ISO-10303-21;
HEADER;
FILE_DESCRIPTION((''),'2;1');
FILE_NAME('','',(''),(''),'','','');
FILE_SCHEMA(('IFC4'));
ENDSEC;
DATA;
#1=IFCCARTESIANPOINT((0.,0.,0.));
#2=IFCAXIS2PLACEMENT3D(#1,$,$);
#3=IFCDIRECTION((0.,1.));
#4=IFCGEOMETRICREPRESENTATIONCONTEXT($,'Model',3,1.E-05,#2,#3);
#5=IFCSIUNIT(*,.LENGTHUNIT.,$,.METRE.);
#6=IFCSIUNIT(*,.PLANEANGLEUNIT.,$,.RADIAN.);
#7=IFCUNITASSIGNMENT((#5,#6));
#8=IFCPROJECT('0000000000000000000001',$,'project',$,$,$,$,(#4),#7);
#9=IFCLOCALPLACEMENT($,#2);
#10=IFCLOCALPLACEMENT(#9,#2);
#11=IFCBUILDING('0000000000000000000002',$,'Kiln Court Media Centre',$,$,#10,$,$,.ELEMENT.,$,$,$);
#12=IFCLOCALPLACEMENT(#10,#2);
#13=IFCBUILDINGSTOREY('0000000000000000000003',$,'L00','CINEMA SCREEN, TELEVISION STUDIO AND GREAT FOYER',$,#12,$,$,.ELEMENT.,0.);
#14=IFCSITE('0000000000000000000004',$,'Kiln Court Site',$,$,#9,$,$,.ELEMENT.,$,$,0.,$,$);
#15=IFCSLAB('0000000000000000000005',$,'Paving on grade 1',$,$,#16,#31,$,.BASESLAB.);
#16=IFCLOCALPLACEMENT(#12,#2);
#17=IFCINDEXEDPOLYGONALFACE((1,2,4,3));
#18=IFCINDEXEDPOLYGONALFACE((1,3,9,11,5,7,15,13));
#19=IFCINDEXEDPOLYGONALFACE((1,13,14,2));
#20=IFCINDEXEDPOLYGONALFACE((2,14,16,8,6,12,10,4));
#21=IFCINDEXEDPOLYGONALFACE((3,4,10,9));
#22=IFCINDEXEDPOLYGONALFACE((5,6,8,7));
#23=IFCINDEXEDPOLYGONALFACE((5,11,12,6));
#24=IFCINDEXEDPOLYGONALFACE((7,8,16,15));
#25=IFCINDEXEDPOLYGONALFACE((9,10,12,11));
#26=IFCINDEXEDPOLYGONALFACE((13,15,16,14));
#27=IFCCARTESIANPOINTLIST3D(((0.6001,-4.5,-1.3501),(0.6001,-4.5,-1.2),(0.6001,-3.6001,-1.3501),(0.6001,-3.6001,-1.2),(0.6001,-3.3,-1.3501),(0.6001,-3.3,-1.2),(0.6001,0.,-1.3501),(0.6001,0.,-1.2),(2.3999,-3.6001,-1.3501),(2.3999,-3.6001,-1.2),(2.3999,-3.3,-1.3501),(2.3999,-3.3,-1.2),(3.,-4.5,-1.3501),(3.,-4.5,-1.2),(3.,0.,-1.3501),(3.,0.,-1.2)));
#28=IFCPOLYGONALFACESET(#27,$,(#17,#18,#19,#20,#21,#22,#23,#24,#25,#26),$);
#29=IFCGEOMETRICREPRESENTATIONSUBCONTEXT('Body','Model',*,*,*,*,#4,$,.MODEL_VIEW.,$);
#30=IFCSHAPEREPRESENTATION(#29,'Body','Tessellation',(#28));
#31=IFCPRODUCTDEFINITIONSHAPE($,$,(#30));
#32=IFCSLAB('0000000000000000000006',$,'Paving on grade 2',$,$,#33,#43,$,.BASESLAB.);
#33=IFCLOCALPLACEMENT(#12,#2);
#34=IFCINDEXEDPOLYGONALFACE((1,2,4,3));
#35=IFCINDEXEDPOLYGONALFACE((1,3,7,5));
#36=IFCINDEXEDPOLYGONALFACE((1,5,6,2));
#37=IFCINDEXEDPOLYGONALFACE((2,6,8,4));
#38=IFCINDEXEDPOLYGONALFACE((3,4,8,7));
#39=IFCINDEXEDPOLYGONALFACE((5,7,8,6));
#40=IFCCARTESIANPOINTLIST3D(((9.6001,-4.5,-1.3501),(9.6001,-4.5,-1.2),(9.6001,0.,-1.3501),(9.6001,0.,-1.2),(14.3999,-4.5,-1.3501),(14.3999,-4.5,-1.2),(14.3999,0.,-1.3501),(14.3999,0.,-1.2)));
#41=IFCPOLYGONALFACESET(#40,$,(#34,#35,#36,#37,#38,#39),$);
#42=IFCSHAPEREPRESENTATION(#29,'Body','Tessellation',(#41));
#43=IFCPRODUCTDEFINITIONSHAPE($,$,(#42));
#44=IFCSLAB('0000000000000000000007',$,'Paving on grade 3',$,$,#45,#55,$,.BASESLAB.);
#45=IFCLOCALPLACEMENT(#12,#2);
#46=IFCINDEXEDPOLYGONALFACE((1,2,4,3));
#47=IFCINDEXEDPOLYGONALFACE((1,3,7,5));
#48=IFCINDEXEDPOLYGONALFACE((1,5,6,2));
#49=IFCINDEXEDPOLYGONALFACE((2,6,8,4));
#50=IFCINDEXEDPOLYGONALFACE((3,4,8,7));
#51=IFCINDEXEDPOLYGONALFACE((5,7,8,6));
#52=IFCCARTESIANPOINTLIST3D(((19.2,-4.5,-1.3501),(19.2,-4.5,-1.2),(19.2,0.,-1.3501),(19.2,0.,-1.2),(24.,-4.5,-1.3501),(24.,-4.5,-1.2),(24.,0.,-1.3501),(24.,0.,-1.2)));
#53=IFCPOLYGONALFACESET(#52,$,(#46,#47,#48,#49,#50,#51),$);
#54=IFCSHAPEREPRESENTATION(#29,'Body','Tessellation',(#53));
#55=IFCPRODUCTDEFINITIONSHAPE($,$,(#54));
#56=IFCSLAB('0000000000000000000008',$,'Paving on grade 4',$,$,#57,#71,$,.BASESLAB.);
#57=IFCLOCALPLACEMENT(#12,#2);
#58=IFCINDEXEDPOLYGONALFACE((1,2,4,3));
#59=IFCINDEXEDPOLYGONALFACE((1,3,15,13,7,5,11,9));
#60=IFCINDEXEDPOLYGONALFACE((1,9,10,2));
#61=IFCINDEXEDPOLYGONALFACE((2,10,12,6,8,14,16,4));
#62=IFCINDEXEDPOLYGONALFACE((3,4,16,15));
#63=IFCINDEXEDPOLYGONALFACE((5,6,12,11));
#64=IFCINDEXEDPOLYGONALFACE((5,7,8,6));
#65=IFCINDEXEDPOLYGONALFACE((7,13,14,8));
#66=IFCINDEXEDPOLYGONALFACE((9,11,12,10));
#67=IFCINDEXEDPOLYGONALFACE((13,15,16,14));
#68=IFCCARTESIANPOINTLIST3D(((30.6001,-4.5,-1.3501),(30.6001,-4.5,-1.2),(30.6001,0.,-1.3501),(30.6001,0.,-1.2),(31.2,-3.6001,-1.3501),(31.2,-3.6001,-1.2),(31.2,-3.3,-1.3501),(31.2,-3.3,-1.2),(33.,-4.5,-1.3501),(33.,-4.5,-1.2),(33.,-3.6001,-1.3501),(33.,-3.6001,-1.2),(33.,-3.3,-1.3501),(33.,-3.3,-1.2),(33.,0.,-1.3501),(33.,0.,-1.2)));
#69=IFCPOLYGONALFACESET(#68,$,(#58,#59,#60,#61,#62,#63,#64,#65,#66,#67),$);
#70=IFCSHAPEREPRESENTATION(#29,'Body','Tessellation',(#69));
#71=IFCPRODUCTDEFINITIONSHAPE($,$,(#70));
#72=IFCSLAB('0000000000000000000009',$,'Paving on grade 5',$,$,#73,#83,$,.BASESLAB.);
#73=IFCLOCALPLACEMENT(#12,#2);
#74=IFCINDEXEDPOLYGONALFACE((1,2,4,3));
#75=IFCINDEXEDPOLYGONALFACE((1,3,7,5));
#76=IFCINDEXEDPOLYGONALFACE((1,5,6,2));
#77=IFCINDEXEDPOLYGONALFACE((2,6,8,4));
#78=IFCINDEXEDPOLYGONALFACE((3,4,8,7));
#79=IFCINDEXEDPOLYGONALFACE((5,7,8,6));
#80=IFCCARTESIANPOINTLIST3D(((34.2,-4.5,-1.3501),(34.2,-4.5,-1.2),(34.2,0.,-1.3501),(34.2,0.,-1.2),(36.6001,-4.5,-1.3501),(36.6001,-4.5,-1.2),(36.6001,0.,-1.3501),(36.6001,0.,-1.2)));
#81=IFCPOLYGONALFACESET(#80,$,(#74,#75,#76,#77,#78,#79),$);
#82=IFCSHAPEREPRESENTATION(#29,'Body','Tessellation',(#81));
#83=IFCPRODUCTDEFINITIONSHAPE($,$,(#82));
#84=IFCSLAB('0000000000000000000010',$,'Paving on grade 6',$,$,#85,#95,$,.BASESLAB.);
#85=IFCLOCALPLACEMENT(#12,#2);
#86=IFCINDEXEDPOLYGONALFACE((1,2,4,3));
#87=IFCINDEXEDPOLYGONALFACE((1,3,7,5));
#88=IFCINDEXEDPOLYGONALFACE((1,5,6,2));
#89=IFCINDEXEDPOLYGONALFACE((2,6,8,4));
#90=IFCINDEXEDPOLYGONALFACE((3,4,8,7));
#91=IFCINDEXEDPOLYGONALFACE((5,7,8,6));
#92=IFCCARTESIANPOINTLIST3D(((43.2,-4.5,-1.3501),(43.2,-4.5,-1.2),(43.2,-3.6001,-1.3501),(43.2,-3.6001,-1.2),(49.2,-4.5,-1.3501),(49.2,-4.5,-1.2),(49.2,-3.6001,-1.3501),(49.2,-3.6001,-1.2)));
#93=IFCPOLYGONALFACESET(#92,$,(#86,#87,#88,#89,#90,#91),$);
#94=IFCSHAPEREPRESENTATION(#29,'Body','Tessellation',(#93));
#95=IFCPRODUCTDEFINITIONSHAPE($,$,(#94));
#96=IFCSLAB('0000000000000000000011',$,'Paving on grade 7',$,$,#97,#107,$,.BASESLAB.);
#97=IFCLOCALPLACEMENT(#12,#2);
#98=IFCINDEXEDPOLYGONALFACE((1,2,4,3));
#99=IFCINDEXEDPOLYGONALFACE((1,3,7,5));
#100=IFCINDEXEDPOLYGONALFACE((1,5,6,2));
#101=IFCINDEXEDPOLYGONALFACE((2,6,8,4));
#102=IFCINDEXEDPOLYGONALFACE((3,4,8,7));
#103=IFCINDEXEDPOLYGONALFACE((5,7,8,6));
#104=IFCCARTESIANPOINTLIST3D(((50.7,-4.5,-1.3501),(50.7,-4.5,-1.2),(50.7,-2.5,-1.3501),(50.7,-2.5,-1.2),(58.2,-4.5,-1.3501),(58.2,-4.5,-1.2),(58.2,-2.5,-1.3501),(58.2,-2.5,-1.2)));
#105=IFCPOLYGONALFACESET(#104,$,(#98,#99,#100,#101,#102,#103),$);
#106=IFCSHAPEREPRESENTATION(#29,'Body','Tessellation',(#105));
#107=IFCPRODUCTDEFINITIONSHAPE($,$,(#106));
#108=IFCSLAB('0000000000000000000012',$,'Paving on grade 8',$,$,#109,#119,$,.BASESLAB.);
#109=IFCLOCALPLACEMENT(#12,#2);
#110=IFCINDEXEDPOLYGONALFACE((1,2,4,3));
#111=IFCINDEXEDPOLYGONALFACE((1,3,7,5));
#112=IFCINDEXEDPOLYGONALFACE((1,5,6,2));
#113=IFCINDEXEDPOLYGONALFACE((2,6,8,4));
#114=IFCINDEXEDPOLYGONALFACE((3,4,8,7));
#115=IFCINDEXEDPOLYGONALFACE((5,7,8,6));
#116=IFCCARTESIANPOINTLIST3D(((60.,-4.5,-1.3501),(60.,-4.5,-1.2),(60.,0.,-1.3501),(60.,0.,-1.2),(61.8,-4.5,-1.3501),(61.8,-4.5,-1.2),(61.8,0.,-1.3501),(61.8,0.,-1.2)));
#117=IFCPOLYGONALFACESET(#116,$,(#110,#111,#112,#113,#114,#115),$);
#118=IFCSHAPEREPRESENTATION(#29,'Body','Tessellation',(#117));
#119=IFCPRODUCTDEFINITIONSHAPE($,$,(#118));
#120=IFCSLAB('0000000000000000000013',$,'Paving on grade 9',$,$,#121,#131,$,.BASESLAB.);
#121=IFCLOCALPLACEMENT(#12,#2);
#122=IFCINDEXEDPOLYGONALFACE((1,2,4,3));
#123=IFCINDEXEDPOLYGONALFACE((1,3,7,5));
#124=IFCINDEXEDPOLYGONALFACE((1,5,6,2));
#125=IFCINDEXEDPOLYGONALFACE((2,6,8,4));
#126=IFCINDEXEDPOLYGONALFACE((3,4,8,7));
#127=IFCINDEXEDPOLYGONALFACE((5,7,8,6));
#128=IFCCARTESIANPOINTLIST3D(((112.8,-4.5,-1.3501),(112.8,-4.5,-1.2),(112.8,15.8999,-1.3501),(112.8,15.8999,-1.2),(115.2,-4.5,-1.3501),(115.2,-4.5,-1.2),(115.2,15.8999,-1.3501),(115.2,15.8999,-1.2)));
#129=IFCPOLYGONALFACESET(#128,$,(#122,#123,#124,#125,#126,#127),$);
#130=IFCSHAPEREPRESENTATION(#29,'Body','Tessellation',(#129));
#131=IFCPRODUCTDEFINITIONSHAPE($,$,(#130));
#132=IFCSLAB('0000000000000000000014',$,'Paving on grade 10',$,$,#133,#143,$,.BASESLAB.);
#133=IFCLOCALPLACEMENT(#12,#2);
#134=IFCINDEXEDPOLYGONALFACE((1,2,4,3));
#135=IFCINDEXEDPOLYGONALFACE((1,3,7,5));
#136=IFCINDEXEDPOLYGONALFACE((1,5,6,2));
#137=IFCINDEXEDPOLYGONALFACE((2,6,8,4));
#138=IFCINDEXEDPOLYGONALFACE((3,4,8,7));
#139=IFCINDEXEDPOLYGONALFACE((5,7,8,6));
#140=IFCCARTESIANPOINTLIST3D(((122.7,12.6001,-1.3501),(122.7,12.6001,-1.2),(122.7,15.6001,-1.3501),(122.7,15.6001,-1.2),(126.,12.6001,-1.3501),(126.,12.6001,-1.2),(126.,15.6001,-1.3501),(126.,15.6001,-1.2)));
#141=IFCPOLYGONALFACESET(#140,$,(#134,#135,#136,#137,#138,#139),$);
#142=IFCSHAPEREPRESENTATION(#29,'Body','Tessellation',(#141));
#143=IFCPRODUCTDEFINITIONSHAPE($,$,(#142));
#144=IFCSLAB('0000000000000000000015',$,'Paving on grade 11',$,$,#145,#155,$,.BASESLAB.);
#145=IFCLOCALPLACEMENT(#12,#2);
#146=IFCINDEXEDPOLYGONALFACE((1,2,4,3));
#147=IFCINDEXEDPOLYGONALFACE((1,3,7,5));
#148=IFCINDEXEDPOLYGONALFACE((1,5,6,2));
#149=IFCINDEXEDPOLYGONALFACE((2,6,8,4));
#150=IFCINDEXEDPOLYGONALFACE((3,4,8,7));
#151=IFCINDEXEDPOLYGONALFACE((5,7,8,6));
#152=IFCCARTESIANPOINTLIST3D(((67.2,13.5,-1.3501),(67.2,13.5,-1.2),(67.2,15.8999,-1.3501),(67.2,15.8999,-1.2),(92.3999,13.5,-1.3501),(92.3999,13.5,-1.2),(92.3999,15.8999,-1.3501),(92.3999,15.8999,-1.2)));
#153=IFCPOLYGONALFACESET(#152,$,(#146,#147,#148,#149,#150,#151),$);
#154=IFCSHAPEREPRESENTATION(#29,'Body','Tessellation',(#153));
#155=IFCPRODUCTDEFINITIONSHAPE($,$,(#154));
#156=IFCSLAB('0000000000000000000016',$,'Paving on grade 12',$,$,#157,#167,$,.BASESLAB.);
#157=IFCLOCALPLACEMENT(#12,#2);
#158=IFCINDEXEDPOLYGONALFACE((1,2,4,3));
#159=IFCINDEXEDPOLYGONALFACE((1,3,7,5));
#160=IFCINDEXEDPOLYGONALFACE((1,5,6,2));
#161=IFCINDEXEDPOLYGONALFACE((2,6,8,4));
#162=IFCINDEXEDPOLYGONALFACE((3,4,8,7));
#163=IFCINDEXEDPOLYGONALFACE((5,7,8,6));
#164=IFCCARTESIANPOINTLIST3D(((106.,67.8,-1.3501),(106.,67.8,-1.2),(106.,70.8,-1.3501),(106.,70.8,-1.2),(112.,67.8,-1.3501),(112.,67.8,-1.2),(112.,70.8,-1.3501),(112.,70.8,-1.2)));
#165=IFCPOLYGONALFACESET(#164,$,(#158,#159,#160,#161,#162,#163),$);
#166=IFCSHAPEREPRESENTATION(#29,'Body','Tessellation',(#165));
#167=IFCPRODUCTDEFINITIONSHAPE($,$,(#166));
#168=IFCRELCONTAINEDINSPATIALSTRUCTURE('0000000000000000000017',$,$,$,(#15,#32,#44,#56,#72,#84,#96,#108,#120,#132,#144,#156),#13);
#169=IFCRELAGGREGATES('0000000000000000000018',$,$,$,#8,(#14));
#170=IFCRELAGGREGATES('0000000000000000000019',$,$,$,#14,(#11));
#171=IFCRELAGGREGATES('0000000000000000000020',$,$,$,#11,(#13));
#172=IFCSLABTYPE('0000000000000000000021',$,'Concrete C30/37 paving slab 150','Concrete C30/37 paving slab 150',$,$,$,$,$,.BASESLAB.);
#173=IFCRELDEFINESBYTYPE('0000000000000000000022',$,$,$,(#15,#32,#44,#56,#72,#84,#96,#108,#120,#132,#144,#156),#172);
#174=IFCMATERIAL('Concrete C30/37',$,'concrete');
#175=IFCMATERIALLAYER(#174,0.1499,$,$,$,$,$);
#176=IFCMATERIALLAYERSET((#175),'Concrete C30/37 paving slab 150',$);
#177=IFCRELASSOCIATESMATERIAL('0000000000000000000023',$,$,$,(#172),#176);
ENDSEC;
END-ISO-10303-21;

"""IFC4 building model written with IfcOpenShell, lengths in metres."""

from ifc_helpers import new_model, si_unit, direction, frame, origin, place, context, subcontext, project, spatial, polyline, outline, extrude, material, layer, layer_set, type_object, element, save


model = new_model("IFC4")

# Units and contexts
model_context = context("Model", 3, precision=1e-05, world=origin(), true_north=direction((0.0, 1.0)))
body_context = subcontext(model_context, "Body", "Model", "MODEL_VIEW")
ifc_project = project(units=[si_unit("LENGTHUNIT", "METRE"), si_unit("PLANEANGLEUNIT", "RADIAN")], contexts=[model_context])

# Site, building, storey
site_placement = place(None, origin())
site = spatial("IfcSite", under=ifc_project, at=site_placement, Name="Kiln Court Site", CompositionType="ELEMENT", RefElevation=0.0)
building_placement = place(site_placement, origin())
building = spatial("IfcBuilding", under=site, at=building_placement, Name="Kiln Court Media Centre", CompositionType="ELEMENT")
storey_placement = place(building_placement, origin())
storey = spatial("IfcBuildingStorey", under=building, at=storey_placement, Name="L00", Description="CINEMA SCREEN, TELEVISION STUDIO AND GREAT FOYER", CompositionType="ELEMENT", Elevation=0.0)

# Slabs
ifc_material_1 = material(Name="Concrete C30/37", Category="concrete")
ifc_layer_1 = layer(ifc_material_1, 0.1499)
ifc_layer_set_1 = layer_set([ifc_layer_1], Name="Concrete C30/37 paving slab 150")
slab_type_1 = type_object("IfcSlabType", Name="Concrete C30/37 paving slab 150", Description="Concrete C30/37 paving slab 150", PredefinedType="BASESLAB", material=ifc_layer_set_1)
slab_1_placement = place(storey_placement, frame((0.0, 0.0, -1.3501)))
element("IfcSlab", 1, at=slab_1_placement, inside=storey, type_object=slab_type_1, Name="Paving on grade 1", PredefinedType="BASESLAB", context=body_context, shape_type="SweptSolid", body=[
    extrude(outline(polyline([(0.6001, -3.3), (2.3999, -3.3), (2.3999, -3.6001), (0.6001, -3.6001), (0.6001, -4.5), (3.0, -4.5), (3.0, 0.0), (0.6001, 0.0), (0.6001, -3.3)])), origin(), (0.0, 0.0, 1.0), 0.1501),
])
slab_2_placement = place(storey_placement, frame((0.0, 0.0, -1.3501)))
element("IfcSlab", 2, at=slab_2_placement, inside=storey, type_object=slab_type_1, Name="Paving on grade 2", PredefinedType="BASESLAB", context=body_context, shape_type="SweptSolid", body=[
    extrude(outline(polyline([(9.6001, -4.5), (14.3999, -4.5), (14.3999, 0.0), (9.6001, 0.0), (9.6001, -4.5)])), origin(), (0.0, 0.0, 1.0), 0.1501),
])
slab_3_placement = place(storey_placement, frame((0.0, 0.0, -1.3501)))
element("IfcSlab", 3, at=slab_3_placement, inside=storey, type_object=slab_type_1, Name="Paving on grade 3", PredefinedType="BASESLAB", context=body_context, shape_type="SweptSolid", body=[
    extrude(outline(polyline([(19.2, -4.5), (24.0, -4.5), (24.0, 0.0), (19.2, 0.0), (19.2, -4.5)])), origin(), (0.0, 0.0, 1.0), 0.1501),
])
slab_4_placement = place(storey_placement, frame((0.0, 0.0, -1.3501)))
element("IfcSlab", 4, at=slab_4_placement, inside=storey, type_object=slab_type_1, Name="Paving on grade 4", PredefinedType="BASESLAB", context=body_context, shape_type="SweptSolid", body=[
    extrude(outline(polyline([(33.0, -3.6001), (31.2, -3.6001), (31.2, -3.3), (33.0, -3.3), (33.0, 0.0), (30.6001, 0.0), (30.6001, -4.5), (33.0, -4.5), (33.0, -3.6001)])), origin(), (0.0, 0.0, 1.0), 0.1501),
])
slab_5_placement = place(storey_placement, frame((0.0, 0.0, -1.3501)))
element("IfcSlab", 5, at=slab_5_placement, inside=storey, type_object=slab_type_1, Name="Paving on grade 5", PredefinedType="BASESLAB", context=body_context, shape_type="SweptSolid", body=[
    extrude(outline(polyline([(34.2, -4.5), (36.6001, -4.5), (36.6001, 0.0), (34.2, 0.0), (34.2, -4.5)])), origin(), (0.0, 0.0, 1.0), 0.1501),
])
slab_6_placement = place(storey_placement, frame((0.0, 0.0, -1.3501)))
element("IfcSlab", 6, at=slab_6_placement, inside=storey, type_object=slab_type_1, Name="Paving on grade 6", PredefinedType="BASESLAB", context=body_context, shape_type="SweptSolid", body=[
    extrude(outline(polyline([(49.2, -3.6001), (43.2, -3.6001), (43.2, -4.5), (49.2, -4.5), (49.2, -3.6001)])), origin(), (0.0, 0.0, 1.0), 0.1501),
])
slab_7_placement = place(storey_placement, frame((0.0, 0.0, -1.3501)))
element("IfcSlab", 7, at=slab_7_placement, inside=storey, type_object=slab_type_1, Name="Paving on grade 7", PredefinedType="BASESLAB", context=body_context, shape_type="SweptSolid", body=[
    extrude(outline(polyline([(50.7, -4.5), (58.2, -4.5), (58.2, -2.5), (50.7, -2.5), (50.7, -4.5)])), origin(), (0.0, 0.0, 1.0), 0.1501),
])
slab_8_placement = place(storey_placement, frame((0.0, 0.0, -1.3501)))
element("IfcSlab", 8, at=slab_8_placement, inside=storey, type_object=slab_type_1, Name="Paving on grade 8", PredefinedType="BASESLAB", context=body_context, shape_type="SweptSolid", body=[
    extrude(outline(polyline([(61.8, 0.0), (60.0, 0.0), (60.0, -4.5), (61.8, -4.5), (61.8, 0.0)])), origin(), (0.0, 0.0, 1.0), 0.1501),
])
slab_9_placement = place(storey_placement, frame((0.0, 0.0, -1.3501)))
element("IfcSlab", 9, at=slab_9_placement, inside=storey, type_object=slab_type_1, Name="Paving on grade 9", PredefinedType="BASESLAB", context=body_context, shape_type="SweptSolid", body=[
    extrude(outline(polyline([(115.2, 15.8999), (112.8, 15.8999), (112.8, -4.5), (115.2, -4.5), (115.2, 15.8999)])), origin(), (0.0, 0.0, 1.0), 0.1501),
])
slab_10_placement = place(storey_placement, frame((0.0, 0.0, -1.3501)))
element("IfcSlab", 10, at=slab_10_placement, inside=storey, type_object=slab_type_1, Name="Paving on grade 10", PredefinedType="BASESLAB", context=body_context, shape_type="SweptSolid", body=[
    extrude(outline(polyline([(122.7, 15.6001), (122.7, 12.6001), (126.0, 12.6001), (126.0, 15.6001), (122.7, 15.6001)])), origin(), (0.0, 0.0, 1.0), 0.1501),
])
slab_11_placement = place(storey_placement, frame((0.0, 0.0, -1.3501)))
element("IfcSlab", 11, at=slab_11_placement, inside=storey, type_object=slab_type_1, Name="Paving on grade 11", PredefinedType="BASESLAB", context=body_context, shape_type="SweptSolid", body=[
    extrude(outline(polyline([(92.3999, 15.8999), (67.2, 15.8999), (67.2, 13.5), (92.3999, 13.5), (92.3999, 15.8999)])), origin(), (0.0, 0.0, 1.0), 0.1501),
])
slab_12_placement = place(storey_placement, frame((0.0, 0.0, -1.3501)))
element("IfcSlab", 12, at=slab_12_placement, inside=storey, type_object=slab_type_1, Name="Paving on grade 12", PredefinedType="BASESLAB", context=body_context, shape_type="SweptSolid", body=[
    extrude(outline(polyline([(106.0, 67.8), (112.0, 67.8), (112.0, 70.8), (106.0, 70.8), (106.0, 67.8)])), origin(), (0.0, 0.0, 1.0), 0.1501),
])

save(model, "model.ifc")
